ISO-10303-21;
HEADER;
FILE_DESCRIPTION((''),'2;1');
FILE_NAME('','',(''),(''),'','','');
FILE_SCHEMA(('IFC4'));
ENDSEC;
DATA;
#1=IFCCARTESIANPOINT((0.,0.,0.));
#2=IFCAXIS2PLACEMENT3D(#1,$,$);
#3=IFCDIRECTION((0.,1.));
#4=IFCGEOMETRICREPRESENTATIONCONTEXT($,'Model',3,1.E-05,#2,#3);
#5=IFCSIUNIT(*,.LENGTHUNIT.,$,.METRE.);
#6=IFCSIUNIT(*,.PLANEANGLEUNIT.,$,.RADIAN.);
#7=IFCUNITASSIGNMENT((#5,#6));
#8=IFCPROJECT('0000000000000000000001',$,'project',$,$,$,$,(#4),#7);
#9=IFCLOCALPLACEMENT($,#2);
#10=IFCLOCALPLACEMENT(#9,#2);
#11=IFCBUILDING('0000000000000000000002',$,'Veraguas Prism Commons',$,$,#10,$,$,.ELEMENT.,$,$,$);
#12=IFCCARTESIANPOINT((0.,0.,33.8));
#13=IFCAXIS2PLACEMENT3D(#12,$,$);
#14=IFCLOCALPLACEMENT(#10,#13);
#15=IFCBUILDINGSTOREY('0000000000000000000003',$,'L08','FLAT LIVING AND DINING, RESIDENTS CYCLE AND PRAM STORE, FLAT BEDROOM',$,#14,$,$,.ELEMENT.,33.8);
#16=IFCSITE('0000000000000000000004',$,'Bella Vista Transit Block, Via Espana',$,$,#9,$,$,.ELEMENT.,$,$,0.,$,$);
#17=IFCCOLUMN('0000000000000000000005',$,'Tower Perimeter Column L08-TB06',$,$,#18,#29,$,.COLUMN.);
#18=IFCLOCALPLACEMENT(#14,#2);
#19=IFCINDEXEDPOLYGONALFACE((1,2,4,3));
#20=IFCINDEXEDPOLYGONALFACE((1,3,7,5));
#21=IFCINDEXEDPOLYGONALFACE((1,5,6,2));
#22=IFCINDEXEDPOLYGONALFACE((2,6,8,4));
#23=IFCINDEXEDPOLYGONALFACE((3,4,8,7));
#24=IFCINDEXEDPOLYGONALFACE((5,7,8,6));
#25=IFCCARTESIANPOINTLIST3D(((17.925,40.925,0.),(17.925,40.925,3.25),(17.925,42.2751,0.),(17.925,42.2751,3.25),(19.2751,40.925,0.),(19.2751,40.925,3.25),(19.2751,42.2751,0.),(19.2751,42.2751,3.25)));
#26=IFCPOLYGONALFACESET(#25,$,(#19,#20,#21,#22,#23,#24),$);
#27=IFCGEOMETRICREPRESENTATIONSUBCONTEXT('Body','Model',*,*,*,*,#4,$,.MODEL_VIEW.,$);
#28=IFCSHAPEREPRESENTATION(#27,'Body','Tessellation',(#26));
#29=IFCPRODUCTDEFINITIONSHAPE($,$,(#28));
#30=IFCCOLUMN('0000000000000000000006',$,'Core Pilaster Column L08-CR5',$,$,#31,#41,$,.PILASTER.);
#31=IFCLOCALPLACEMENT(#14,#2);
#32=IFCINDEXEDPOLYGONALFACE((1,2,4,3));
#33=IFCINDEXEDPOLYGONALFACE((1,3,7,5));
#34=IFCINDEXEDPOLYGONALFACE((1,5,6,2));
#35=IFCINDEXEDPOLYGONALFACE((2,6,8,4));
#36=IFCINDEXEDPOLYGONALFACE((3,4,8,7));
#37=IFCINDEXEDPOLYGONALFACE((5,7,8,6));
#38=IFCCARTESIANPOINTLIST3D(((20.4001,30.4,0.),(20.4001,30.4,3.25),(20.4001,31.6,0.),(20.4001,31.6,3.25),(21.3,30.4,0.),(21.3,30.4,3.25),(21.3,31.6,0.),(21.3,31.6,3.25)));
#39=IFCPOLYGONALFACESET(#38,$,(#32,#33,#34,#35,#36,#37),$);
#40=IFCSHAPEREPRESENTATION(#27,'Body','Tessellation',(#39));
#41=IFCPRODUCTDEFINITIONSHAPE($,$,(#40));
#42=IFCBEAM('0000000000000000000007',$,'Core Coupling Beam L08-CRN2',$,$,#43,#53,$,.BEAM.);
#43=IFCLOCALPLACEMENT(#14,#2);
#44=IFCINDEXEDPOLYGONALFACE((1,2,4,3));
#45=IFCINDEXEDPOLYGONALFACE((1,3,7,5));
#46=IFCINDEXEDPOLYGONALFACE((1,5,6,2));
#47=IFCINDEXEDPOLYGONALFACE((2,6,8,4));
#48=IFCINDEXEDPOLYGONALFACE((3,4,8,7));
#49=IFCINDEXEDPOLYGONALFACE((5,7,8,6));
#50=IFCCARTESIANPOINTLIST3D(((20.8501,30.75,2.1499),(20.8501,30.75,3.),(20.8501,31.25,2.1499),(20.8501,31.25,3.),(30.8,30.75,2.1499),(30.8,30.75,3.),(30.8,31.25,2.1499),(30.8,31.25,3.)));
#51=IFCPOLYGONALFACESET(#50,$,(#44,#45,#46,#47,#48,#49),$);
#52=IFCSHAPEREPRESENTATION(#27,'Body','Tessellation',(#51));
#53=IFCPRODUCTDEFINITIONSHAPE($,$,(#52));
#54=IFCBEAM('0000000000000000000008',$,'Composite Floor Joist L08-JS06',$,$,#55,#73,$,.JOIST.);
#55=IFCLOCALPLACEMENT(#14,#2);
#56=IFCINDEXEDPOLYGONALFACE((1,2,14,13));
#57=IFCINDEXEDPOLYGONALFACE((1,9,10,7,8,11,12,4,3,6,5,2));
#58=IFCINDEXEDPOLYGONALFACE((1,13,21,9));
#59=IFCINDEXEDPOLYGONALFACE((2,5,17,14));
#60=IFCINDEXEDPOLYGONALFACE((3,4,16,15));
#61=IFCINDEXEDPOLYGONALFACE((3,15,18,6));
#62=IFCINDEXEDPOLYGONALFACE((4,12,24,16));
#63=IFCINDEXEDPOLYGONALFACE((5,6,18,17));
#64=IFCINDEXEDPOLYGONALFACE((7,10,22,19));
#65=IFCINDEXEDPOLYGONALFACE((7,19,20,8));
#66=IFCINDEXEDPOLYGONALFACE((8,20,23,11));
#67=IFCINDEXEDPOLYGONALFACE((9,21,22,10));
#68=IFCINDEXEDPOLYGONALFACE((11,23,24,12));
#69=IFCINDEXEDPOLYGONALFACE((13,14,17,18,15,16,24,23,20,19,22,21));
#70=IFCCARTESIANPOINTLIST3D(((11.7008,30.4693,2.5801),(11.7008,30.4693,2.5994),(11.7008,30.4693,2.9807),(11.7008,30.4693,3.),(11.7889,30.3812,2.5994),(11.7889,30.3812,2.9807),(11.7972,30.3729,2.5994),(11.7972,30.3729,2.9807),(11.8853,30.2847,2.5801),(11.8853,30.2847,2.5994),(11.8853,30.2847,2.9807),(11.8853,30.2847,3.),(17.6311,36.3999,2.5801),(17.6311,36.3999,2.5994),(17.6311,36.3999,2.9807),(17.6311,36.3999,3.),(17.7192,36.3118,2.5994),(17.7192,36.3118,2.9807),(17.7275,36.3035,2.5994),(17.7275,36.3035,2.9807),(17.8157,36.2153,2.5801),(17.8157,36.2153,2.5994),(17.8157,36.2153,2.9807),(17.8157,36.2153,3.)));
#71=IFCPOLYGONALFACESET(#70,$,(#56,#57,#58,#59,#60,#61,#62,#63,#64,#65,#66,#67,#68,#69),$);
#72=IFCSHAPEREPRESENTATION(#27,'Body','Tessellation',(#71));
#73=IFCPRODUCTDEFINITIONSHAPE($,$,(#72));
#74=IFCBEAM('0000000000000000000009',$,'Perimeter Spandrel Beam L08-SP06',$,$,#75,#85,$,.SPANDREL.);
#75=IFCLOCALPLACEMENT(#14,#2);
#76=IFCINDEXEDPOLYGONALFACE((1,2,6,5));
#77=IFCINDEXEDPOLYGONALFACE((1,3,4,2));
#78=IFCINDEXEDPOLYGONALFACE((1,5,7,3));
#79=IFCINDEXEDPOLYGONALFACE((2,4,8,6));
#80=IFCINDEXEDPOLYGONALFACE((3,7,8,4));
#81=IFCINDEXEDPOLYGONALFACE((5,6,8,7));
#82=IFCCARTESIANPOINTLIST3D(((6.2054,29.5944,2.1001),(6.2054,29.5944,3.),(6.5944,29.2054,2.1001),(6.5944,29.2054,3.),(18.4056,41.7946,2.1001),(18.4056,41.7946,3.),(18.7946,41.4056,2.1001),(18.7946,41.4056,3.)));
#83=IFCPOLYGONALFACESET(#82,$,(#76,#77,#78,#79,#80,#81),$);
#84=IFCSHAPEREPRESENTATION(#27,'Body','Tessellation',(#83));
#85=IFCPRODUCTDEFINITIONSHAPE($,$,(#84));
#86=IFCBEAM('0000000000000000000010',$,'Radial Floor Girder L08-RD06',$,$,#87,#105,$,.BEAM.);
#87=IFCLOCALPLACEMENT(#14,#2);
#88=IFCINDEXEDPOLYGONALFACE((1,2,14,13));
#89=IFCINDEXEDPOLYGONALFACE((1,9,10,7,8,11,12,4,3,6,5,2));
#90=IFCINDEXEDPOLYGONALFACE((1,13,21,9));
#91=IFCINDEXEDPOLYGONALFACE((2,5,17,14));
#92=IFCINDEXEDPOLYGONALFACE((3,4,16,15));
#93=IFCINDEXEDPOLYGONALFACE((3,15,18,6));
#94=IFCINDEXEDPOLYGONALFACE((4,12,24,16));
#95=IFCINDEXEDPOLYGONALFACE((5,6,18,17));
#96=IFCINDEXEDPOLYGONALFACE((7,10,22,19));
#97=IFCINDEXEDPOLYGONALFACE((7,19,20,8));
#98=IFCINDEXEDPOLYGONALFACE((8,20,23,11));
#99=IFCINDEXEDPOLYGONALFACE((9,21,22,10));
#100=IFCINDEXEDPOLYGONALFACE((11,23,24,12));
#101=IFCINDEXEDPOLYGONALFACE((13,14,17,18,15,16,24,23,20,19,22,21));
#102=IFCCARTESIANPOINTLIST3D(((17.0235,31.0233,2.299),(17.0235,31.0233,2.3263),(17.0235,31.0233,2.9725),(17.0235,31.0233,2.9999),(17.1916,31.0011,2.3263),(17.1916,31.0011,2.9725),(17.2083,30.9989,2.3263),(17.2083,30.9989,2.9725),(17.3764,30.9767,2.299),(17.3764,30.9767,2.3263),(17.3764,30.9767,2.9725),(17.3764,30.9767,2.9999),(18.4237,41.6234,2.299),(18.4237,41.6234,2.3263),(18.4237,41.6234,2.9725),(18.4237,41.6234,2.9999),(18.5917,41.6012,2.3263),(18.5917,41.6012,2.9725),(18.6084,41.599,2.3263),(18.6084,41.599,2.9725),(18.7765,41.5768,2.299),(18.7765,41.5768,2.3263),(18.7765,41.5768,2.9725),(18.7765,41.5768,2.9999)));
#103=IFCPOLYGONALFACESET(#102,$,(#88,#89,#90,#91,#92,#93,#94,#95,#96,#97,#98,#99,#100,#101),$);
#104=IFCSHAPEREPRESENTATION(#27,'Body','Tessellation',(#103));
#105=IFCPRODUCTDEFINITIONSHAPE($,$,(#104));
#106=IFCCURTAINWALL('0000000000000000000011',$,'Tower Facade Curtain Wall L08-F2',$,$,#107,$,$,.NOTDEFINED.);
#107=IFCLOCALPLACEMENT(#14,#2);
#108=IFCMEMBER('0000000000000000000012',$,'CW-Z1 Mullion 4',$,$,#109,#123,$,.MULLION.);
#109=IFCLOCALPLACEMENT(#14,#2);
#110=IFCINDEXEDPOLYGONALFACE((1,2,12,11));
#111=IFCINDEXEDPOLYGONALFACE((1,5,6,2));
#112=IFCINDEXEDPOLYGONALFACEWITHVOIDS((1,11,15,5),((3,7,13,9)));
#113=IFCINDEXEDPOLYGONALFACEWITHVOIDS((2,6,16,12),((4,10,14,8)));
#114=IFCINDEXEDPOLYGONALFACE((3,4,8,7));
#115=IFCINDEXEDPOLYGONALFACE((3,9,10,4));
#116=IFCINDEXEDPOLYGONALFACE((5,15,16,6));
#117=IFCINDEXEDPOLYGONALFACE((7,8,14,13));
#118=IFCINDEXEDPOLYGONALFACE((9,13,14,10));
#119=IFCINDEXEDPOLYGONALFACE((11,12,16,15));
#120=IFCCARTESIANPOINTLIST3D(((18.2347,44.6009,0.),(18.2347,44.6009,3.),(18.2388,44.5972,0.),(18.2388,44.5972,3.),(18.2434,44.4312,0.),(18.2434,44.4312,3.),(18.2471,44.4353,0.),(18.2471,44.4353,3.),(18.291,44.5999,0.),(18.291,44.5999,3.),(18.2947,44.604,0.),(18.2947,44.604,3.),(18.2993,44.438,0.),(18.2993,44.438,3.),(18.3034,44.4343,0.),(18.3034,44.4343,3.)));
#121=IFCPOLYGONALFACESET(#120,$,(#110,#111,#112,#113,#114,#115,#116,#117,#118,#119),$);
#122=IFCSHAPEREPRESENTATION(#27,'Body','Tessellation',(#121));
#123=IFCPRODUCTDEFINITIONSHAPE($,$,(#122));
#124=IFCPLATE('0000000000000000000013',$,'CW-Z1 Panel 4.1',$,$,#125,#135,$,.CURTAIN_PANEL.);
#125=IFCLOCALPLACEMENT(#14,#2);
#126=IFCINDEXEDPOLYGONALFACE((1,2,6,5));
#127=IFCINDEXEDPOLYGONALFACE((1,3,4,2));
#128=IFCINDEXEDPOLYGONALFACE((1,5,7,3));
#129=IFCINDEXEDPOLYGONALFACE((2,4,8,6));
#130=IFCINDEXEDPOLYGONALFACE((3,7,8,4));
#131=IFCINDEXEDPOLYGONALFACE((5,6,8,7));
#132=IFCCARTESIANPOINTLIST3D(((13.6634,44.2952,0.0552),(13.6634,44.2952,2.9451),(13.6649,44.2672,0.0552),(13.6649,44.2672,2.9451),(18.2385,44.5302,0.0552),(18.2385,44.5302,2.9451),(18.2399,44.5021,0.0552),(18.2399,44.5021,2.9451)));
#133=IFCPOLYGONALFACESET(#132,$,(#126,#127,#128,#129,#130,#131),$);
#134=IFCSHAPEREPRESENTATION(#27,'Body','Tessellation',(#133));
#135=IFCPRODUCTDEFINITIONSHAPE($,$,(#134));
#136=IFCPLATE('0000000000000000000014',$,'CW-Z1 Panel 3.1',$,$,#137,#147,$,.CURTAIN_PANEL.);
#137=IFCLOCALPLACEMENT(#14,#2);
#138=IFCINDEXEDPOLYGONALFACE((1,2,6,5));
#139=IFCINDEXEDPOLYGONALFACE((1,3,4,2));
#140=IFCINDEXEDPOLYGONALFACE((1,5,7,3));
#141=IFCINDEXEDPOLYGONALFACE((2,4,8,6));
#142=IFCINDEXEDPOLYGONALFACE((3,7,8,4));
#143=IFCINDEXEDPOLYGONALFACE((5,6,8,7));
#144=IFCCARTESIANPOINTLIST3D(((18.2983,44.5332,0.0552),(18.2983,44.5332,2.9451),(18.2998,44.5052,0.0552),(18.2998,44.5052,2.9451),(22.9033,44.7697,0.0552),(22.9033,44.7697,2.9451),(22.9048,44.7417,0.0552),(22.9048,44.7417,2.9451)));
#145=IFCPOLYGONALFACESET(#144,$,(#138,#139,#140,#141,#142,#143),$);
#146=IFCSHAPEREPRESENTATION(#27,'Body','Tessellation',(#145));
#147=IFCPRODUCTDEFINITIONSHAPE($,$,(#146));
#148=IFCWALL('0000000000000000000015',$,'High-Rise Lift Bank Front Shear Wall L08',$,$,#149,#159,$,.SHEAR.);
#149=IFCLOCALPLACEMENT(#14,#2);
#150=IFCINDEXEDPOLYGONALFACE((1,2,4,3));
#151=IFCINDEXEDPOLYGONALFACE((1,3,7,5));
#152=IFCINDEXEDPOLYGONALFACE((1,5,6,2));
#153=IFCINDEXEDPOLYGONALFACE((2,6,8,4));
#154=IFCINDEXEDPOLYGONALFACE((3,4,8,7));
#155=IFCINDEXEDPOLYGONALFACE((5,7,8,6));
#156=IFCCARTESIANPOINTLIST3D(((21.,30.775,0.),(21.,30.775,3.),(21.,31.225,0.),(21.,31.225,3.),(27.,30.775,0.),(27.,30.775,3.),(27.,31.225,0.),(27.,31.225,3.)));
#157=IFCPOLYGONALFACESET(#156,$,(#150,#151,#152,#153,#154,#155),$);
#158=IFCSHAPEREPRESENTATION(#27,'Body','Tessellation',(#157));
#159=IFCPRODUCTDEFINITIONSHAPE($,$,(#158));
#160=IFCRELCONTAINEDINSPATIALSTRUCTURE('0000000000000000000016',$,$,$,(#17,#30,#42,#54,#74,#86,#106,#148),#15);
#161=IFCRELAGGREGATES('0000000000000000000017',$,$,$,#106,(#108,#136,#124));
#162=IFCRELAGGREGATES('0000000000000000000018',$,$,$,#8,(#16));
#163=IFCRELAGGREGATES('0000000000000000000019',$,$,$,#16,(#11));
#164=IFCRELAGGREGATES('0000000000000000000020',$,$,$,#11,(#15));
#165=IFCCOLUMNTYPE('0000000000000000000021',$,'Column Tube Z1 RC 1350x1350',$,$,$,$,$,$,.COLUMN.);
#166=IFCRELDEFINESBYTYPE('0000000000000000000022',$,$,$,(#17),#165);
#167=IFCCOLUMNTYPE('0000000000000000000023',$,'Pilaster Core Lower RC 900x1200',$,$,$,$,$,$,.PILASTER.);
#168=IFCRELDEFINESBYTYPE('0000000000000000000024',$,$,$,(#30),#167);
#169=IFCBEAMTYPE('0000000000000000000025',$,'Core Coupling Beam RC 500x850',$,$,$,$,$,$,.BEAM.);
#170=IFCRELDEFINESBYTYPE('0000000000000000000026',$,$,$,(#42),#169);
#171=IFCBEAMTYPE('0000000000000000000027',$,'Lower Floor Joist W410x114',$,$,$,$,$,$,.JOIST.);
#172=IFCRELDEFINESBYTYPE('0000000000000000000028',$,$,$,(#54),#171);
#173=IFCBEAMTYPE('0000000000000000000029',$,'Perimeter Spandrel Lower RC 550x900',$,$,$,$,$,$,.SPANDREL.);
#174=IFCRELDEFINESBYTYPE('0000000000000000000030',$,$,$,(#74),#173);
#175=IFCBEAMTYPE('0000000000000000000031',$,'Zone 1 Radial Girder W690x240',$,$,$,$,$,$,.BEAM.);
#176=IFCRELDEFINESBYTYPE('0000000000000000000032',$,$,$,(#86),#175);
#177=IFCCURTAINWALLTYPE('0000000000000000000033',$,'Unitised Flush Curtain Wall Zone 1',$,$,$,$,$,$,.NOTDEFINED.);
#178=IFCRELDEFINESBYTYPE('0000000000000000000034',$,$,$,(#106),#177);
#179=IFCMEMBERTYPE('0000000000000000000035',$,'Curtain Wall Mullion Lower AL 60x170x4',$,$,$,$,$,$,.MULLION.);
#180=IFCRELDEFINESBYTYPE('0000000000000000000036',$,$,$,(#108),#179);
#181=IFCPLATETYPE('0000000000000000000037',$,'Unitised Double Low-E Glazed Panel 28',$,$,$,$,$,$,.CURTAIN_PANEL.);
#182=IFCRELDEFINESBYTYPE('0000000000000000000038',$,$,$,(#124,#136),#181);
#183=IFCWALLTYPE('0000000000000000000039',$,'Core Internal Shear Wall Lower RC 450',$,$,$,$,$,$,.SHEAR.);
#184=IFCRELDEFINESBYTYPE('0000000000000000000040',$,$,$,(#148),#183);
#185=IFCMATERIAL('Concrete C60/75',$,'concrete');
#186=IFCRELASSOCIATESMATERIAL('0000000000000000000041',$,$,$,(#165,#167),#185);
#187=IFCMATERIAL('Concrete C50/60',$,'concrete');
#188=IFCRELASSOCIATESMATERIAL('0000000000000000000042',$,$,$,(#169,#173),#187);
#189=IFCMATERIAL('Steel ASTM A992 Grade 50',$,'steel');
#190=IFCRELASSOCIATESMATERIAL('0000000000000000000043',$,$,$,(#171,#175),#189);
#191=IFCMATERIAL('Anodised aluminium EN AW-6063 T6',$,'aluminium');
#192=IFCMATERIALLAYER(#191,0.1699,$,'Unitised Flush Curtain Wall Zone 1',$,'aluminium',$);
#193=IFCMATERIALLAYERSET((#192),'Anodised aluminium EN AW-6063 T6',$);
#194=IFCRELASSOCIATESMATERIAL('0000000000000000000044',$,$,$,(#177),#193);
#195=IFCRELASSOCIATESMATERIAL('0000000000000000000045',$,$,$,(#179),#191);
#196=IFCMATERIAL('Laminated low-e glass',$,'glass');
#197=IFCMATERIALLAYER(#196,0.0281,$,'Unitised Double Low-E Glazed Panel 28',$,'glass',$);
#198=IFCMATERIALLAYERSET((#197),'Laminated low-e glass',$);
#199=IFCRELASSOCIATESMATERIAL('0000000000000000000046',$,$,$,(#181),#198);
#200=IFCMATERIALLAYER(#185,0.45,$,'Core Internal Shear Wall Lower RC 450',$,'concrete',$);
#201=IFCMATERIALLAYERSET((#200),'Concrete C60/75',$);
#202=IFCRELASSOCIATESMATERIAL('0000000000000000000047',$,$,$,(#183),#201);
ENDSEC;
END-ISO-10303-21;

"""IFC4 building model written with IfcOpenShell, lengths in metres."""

from ifc_helpers import new_model, si_unit, direction, frame, frame_2d, origin, origin_2d, place, context, subcontext, project, spatial, rectangle, hollow_rectangle, i_section, extrude, source, transform, mapped, material, layer, layer_set, material_profile, profile_set, type_object, element, aggregate, save


model = new_model("IFC4")

# Units and contexts
model_context = context("Model", 3, precision=1e-05, world=origin(), true_north=direction((0.0, 1.0)))
body_context = subcontext(model_context, "Body", "Model", "MODEL_VIEW")
ifc_project = project(units=[si_unit("LENGTHUNIT", "METRE"), si_unit("PLANEANGLEUNIT", "RADIAN")], contexts=[model_context])

# Site, building, storey
site_placement = place(None, origin())
site = spatial("IfcSite", under=ifc_project, at=site_placement, Name="Bella Vista Transit Block, Via Espana", CompositionType="ELEMENT", RefElevation=0.0)
building_placement = place(site_placement, origin())
building = spatial("IfcBuilding", under=site, at=building_placement, Name="Veraguas Prism Commons", CompositionType="ELEMENT")
storey_placement = place(building_placement, frame((0.0, 0.0, 33.8)))
storey = spatial("IfcBuildingStorey", under=building, at=storey_placement, Name="L08", Description="FLAT LIVING AND DINING, RESIDENTS CYCLE AND PRAM STORE, FLAT BEDROOM", CompositionType="ELEMENT", Elevation=33.8)

# Columns
ifc_material_1 = material(Name="Concrete C60/75", Category="concrete")
ifc_material_profile_1 = material_profile(ifc_material_1, rectangle(XDim=1.3501, YDim=1.3501, at=origin_2d()), Name="RC1350X1350")
ifc_profile_set_1 = profile_set([ifc_material_profile_1], Name="Concrete C60/75")
column_type_1 = type_object("IfcColumnType", Name="Column Tube Z1 RC 1350x1350", PredefinedType="COLUMN", material=ifc_profile_set_1)
column_1_placement = place(storey_placement, frame((18.6001, 41.6001, 0.0), z_axis=(0.0, 0.0, 1.0), x_axis=(1.0, 0.0, 0.0)))
element("IfcColumn", 1, at=column_1_placement, inside=storey, type_object=column_type_1, Name="Tower Perimeter Column L08-TB06", PredefinedType="COLUMN", context=body_context, shape_type="SweptSolid", body=[
    extrude(rectangle(XDim=1.3501, YDim=1.3501, at=origin_2d()), origin(), (0.0, 0.0, 1.0), 3.25),
])
ifc_material_profile_2 = material_profile(ifc_material_1, rectangle(XDim=0.8999, YDim=1.2, at=origin_2d()), Name="RC900X1200")
ifc_profile_set_2 = profile_set([ifc_material_profile_2], Name="Concrete C60/75")
column_type_2 = type_object("IfcColumnType", Name="Pilaster Core Lower RC 900x1200", PredefinedType="PILASTER", material=ifc_profile_set_2)
column_2_placement = place(storey_placement, frame((20.8501, 31.0, 0.0), z_axis=(0.0, 0.0, 1.0), x_axis=(1.0, 0.0, 0.0)))
element("IfcColumn", 2, at=column_2_placement, inside=storey, type_object=column_type_2, Name="Core Pilaster Column L08-CR5", PredefinedType="PILASTER", context=body_context, shape_type="SweptSolid", body=[
    extrude(rectangle(XDim=0.8999, YDim=1.2, at=origin_2d()), origin(), (0.0, 0.0, 1.0), 3.25),
])

# Beams
ifc_material_2 = material(Name="Concrete C50/60", Category="concrete")
ifc_material_profile_3 = material_profile(ifc_material_2, rectangle(XDim=0.5, YDim=0.8501, at=origin_2d()), Name="RC500X850")
ifc_profile_set_3 = profile_set([ifc_material_profile_3], Name="Concrete C50/60")
beam_type_1 = type_object("IfcBeamType", Name="Core Coupling Beam RC 500x850", PredefinedType="BEAM", material=ifc_profile_set_3)
beam_1_placement = place(storey_placement, frame((20.8501, 31.0, 2.575), z_axis=(1.0, 0.0, 0.0), x_axis=(0.0, 1.0, 0.0)))
element("IfcBeam", 3, at=beam_1_placement, inside=storey, type_object=beam_type_1, Name="Core Coupling Beam L08-CRN2", PredefinedType="BEAM", context=body_context, shape_type="SweptSolid", body=[
    extrude(rectangle(XDim=0.5, YDim=0.8501, at=origin_2d()), origin(), (0.0, 0.0, 1.0), 9.95),
])
ifc_material_3 = material(Name="Steel ASTM A992 Grade 50", Category="steel")
ifc_material_profile_4 = material_profile(ifc_material_3, i_section(OverallWidth=0.261, OverallDepth=0.4199, WebThickness=0.0117, FlangeThickness=0.0193, at=origin_2d()), Name="W410X114")
ifc_profile_set_4 = profile_set([ifc_material_profile_4], Name="Steel ASTM A992 Grade 50")
beam_type_2 = type_object("IfcBeamType", Name="Lower Floor Joist W410x114", PredefinedType="JOIST", material=ifc_profile_set_4)
beam_2_placement = place(storey_placement, frame((17.7234, 36.3076, 2.79), z_axis=(-0.707092, -0.707121, 0.0), x_axis=(0.707121, -0.707092, 0.0)))
element("IfcBeam", 4, at=beam_2_placement, inside=storey, type_object=beam_type_2, Name="Composite Floor Joist L08-JS06", PredefinedType="JOIST", context=body_context, shape_type="SweptSolid", body=[
    extrude(i_section(OverallWidth=0.261, OverallDepth=0.4199, WebThickness=0.0117, FlangeThickness=0.0193, at=origin_2d()), origin(), (0.0, 0.0, 1.0), 8.387),
])
ifc_material_profile_5 = material_profile(ifc_material_2, rectangle(XDim=0.55, YDim=0.8999, at=origin_2d()), Name="RC550X900")
ifc_profile_set_5 = profile_set([ifc_material_profile_5], Name="Concrete C50/60")
beam_type_3 = type_object("IfcBeamType", Name="Perimeter Spandrel Lower RC 550x900", PredefinedType="SPANDREL", material=ifc_profile_set_5)
beam_3_placement = place(storey_placement, frame((18.6001, 41.6001, 2.55), z_axis=(-0.707107, -0.707107, 0.0), x_axis=(0.707107, -0.707107, 0.0)))
element("IfcBeam", 5, at=beam_3_placement, inside=storey, type_object=beam_type_3, Name="Perimeter Spandrel Beam L08-SP06", PredefinedType="SPANDREL", context=body_context, shape_type="SweptSolid", body=[
    extrude(rectangle(XDim=0.55, YDim=0.8999, at=origin_2d()), origin(), (0.0, 0.0, 1.0), 17.2537),
])
ifc_material_profile_6 = material_profile(ifc_material_3, i_section(OverallWidth=0.356, OverallDepth=0.7009, WebThickness=0.0168, FlangeThickness=0.0273, at=origin_2d()), Name="W690X240")
ifc_profile_set_6 = profile_set([ifc_material_profile_6], Name="Steel ASTM A992 Grade 50")
beam_type_4 = type_object("IfcBeamType", Name="Zone 1 Radial Girder W690x240", PredefinedType="BEAM", material=ifc_profile_set_6)
beam_4_placement = place(storey_placement, frame((18.6001, 41.6001, 2.6494), z_axis=(-0.130951, -0.991389, 0.0), x_axis=(0.991389, -0.130951, 0.0)))
element("IfcBeam", 6, at=beam_4_placement, inside=storey, type_object=beam_type_4, Name="Radial Floor Girder L08-RD06", PredefinedType="BEAM", context=body_context, shape_type="SweptSolid", body=[
    extrude(i_section(OverallWidth=0.356, OverallDepth=0.7009, WebThickness=0.0168, FlangeThickness=0.0273, at=origin_2d()), origin(), (0.0, 0.0, 1.0), 10.6921),
])

# Curtain wall, member, plates
ifc_material_4 = material(Name="Anodised aluminium EN AW-6063 T6", Category="aluminium")
ifc_layer_1 = layer(ifc_material_4, 0.1699, Name="Unitised Flush Curtain Wall Zone 1", Category="aluminium")
ifc_layer_set_1 = layer_set([ifc_layer_1], Name="Anodised aluminium EN AW-6063 T6")
curtain_wall_type = type_object("IfcCurtainWallType", Name="Unitised Flush Curtain Wall Zone 1", PredefinedType="NOTDEFINED", material=ifc_layer_set_1)
curtain_wall_placement = place(storey_placement, origin())
curtain_wall = element("IfcCurtainWall", 7, at=curtain_wall_placement, inside=storey, type_object=curtain_wall_type, Name="Tower Facade Curtain Wall L08-F2", PredefinedType="NOTDEFINED")
ifc_material_profile_7 = material_profile(ifc_material_4, hollow_rectangle(XDim=0.0601, YDim=0.1699, WallThickness=0.0039, at=origin_2d()), Name="AL60X170X4")
ifc_profile_set_7 = profile_set([ifc_material_profile_7], Name="Anodised aluminium EN AW-6063 T6")
member_type = type_object("IfcMemberType", Name="Curtain Wall Mullion Lower AL 60x170x4", PredefinedType="MULLION", material=ifc_profile_set_7)
shared_shape_1 = source(origin(), body_context, "Body", "SweptSolid", [
    extrude(hollow_rectangle(XDim=0.0601, YDim=0.1699, WallThickness=0.0039, at=origin_2d()), origin(), (0.0, 0.0, 1.0), 3.0),
])
member_placement = place(storey_placement, frame((18.269, 44.5176, 0.0), z_axis=(0.0, 0.0, 1.0), x_axis=(-0.998684, -0.05129, 0.0)))
member = element("IfcMember", 8, at=member_placement, type_object=member_type, Name="CW-Z1 Mullion 4", PredefinedType="MULLION", context=body_context, shape_type="MappedRepresentation", body=[
    mapped(shared_shape_1, transform((0.0, 0.0, 0.0), scale=1.0)),
])
ifc_material_5 = material(Name="Laminated low-e glass", Category="glass")
ifc_layer_2 = layer(ifc_material_5, 0.0281, Name="Unitised Double Low-E Glazed Panel 28", Category="glass")
ifc_layer_set_2 = layer_set([ifc_layer_2], Name="Laminated low-e glass")
plate_type = type_object("IfcPlateType", Name="Unitised Double Low-E Glazed Panel 28", PredefinedType="CURTAIN_PANEL", material=ifc_layer_set_2)
shared_shape_2 = source(origin(), body_context, "Body", "SweptSolid", [
    extrude(rectangle(XDim=4.5811, YDim=0.0281, at=origin_2d()), origin(), (0.0, 0.0, 1.0), 2.8899),
])
plate_1_placement = place(storey_placement, frame((15.9517, 44.3987, 0.0552), z_axis=(0.0, 0.0, 1.0), x_axis=(-0.998684, -0.05129, 0.0)))
plate_1 = element("IfcPlate", 9, at=plate_1_placement, type_object=plate_type, Name="CW-Z1 Panel 4.1", PredefinedType="CURTAIN_PANEL", context=body_context, shape_type="MappedRepresentation", body=[
    mapped(shared_shape_2, transform((0.0, 0.0, 0.0), scale=1.0)),
])
shared_shape_3 = source(origin(), body_context, "Body", "SweptSolid", [
    extrude(rectangle(XDim=4.6111, YDim=0.0281, at=origin_2d()), origin(), (0.0, 0.0, 1.0), 2.8899),
])
plate_2_placement = place(storey_placement, frame((20.6016, 44.6375, 0.0552), z_axis=(0.0, 0.0, 1.0), x_axis=(-0.998684, -0.05129, 0.0)))
plate_2 = element("IfcPlate", 10, at=plate_2_placement, type_object=plate_type, Name="CW-Z1 Panel 3.1", PredefinedType="CURTAIN_PANEL", context=body_context, shape_type="MappedRepresentation", body=[
    mapped(shared_shape_3, transform((0.0, 0.0, 0.0), scale=1.0)),
])
aggregate(curtain_wall, [member, plate_2, plate_1])

# Wall
ifc_layer_3 = layer(ifc_material_1, 0.45, Name="Core Internal Shear Wall Lower RC 450", Category="concrete")
ifc_layer_set_3 = layer_set([ifc_layer_3], Name="Concrete C60/75")
wall_type_1 = type_object("IfcWallType", Name="Core Internal Shear Wall Lower RC 450", PredefinedType="SHEAR", material=ifc_layer_set_3)
wall_1_placement = place(storey_placement, frame((21.0, 31.0, 0.0), z_axis=(0.0, 0.0, 1.0), x_axis=(1.0, 0.0, 0.0)))
element("IfcWall", 11, at=wall_1_placement, inside=storey, type_object=wall_type_1, Name="High-Rise Lift Bank Front Shear Wall L08", PredefinedType="SHEAR", context=body_context, shape_type="SweptSolid", body=[
    extrude(rectangle(XDim=6.0, YDim=0.45, at=frame_2d((3.0, 0.0))), origin(), (0.0, 0.0, 1.0), 3.0),
])

save(model, "model.ifc")
